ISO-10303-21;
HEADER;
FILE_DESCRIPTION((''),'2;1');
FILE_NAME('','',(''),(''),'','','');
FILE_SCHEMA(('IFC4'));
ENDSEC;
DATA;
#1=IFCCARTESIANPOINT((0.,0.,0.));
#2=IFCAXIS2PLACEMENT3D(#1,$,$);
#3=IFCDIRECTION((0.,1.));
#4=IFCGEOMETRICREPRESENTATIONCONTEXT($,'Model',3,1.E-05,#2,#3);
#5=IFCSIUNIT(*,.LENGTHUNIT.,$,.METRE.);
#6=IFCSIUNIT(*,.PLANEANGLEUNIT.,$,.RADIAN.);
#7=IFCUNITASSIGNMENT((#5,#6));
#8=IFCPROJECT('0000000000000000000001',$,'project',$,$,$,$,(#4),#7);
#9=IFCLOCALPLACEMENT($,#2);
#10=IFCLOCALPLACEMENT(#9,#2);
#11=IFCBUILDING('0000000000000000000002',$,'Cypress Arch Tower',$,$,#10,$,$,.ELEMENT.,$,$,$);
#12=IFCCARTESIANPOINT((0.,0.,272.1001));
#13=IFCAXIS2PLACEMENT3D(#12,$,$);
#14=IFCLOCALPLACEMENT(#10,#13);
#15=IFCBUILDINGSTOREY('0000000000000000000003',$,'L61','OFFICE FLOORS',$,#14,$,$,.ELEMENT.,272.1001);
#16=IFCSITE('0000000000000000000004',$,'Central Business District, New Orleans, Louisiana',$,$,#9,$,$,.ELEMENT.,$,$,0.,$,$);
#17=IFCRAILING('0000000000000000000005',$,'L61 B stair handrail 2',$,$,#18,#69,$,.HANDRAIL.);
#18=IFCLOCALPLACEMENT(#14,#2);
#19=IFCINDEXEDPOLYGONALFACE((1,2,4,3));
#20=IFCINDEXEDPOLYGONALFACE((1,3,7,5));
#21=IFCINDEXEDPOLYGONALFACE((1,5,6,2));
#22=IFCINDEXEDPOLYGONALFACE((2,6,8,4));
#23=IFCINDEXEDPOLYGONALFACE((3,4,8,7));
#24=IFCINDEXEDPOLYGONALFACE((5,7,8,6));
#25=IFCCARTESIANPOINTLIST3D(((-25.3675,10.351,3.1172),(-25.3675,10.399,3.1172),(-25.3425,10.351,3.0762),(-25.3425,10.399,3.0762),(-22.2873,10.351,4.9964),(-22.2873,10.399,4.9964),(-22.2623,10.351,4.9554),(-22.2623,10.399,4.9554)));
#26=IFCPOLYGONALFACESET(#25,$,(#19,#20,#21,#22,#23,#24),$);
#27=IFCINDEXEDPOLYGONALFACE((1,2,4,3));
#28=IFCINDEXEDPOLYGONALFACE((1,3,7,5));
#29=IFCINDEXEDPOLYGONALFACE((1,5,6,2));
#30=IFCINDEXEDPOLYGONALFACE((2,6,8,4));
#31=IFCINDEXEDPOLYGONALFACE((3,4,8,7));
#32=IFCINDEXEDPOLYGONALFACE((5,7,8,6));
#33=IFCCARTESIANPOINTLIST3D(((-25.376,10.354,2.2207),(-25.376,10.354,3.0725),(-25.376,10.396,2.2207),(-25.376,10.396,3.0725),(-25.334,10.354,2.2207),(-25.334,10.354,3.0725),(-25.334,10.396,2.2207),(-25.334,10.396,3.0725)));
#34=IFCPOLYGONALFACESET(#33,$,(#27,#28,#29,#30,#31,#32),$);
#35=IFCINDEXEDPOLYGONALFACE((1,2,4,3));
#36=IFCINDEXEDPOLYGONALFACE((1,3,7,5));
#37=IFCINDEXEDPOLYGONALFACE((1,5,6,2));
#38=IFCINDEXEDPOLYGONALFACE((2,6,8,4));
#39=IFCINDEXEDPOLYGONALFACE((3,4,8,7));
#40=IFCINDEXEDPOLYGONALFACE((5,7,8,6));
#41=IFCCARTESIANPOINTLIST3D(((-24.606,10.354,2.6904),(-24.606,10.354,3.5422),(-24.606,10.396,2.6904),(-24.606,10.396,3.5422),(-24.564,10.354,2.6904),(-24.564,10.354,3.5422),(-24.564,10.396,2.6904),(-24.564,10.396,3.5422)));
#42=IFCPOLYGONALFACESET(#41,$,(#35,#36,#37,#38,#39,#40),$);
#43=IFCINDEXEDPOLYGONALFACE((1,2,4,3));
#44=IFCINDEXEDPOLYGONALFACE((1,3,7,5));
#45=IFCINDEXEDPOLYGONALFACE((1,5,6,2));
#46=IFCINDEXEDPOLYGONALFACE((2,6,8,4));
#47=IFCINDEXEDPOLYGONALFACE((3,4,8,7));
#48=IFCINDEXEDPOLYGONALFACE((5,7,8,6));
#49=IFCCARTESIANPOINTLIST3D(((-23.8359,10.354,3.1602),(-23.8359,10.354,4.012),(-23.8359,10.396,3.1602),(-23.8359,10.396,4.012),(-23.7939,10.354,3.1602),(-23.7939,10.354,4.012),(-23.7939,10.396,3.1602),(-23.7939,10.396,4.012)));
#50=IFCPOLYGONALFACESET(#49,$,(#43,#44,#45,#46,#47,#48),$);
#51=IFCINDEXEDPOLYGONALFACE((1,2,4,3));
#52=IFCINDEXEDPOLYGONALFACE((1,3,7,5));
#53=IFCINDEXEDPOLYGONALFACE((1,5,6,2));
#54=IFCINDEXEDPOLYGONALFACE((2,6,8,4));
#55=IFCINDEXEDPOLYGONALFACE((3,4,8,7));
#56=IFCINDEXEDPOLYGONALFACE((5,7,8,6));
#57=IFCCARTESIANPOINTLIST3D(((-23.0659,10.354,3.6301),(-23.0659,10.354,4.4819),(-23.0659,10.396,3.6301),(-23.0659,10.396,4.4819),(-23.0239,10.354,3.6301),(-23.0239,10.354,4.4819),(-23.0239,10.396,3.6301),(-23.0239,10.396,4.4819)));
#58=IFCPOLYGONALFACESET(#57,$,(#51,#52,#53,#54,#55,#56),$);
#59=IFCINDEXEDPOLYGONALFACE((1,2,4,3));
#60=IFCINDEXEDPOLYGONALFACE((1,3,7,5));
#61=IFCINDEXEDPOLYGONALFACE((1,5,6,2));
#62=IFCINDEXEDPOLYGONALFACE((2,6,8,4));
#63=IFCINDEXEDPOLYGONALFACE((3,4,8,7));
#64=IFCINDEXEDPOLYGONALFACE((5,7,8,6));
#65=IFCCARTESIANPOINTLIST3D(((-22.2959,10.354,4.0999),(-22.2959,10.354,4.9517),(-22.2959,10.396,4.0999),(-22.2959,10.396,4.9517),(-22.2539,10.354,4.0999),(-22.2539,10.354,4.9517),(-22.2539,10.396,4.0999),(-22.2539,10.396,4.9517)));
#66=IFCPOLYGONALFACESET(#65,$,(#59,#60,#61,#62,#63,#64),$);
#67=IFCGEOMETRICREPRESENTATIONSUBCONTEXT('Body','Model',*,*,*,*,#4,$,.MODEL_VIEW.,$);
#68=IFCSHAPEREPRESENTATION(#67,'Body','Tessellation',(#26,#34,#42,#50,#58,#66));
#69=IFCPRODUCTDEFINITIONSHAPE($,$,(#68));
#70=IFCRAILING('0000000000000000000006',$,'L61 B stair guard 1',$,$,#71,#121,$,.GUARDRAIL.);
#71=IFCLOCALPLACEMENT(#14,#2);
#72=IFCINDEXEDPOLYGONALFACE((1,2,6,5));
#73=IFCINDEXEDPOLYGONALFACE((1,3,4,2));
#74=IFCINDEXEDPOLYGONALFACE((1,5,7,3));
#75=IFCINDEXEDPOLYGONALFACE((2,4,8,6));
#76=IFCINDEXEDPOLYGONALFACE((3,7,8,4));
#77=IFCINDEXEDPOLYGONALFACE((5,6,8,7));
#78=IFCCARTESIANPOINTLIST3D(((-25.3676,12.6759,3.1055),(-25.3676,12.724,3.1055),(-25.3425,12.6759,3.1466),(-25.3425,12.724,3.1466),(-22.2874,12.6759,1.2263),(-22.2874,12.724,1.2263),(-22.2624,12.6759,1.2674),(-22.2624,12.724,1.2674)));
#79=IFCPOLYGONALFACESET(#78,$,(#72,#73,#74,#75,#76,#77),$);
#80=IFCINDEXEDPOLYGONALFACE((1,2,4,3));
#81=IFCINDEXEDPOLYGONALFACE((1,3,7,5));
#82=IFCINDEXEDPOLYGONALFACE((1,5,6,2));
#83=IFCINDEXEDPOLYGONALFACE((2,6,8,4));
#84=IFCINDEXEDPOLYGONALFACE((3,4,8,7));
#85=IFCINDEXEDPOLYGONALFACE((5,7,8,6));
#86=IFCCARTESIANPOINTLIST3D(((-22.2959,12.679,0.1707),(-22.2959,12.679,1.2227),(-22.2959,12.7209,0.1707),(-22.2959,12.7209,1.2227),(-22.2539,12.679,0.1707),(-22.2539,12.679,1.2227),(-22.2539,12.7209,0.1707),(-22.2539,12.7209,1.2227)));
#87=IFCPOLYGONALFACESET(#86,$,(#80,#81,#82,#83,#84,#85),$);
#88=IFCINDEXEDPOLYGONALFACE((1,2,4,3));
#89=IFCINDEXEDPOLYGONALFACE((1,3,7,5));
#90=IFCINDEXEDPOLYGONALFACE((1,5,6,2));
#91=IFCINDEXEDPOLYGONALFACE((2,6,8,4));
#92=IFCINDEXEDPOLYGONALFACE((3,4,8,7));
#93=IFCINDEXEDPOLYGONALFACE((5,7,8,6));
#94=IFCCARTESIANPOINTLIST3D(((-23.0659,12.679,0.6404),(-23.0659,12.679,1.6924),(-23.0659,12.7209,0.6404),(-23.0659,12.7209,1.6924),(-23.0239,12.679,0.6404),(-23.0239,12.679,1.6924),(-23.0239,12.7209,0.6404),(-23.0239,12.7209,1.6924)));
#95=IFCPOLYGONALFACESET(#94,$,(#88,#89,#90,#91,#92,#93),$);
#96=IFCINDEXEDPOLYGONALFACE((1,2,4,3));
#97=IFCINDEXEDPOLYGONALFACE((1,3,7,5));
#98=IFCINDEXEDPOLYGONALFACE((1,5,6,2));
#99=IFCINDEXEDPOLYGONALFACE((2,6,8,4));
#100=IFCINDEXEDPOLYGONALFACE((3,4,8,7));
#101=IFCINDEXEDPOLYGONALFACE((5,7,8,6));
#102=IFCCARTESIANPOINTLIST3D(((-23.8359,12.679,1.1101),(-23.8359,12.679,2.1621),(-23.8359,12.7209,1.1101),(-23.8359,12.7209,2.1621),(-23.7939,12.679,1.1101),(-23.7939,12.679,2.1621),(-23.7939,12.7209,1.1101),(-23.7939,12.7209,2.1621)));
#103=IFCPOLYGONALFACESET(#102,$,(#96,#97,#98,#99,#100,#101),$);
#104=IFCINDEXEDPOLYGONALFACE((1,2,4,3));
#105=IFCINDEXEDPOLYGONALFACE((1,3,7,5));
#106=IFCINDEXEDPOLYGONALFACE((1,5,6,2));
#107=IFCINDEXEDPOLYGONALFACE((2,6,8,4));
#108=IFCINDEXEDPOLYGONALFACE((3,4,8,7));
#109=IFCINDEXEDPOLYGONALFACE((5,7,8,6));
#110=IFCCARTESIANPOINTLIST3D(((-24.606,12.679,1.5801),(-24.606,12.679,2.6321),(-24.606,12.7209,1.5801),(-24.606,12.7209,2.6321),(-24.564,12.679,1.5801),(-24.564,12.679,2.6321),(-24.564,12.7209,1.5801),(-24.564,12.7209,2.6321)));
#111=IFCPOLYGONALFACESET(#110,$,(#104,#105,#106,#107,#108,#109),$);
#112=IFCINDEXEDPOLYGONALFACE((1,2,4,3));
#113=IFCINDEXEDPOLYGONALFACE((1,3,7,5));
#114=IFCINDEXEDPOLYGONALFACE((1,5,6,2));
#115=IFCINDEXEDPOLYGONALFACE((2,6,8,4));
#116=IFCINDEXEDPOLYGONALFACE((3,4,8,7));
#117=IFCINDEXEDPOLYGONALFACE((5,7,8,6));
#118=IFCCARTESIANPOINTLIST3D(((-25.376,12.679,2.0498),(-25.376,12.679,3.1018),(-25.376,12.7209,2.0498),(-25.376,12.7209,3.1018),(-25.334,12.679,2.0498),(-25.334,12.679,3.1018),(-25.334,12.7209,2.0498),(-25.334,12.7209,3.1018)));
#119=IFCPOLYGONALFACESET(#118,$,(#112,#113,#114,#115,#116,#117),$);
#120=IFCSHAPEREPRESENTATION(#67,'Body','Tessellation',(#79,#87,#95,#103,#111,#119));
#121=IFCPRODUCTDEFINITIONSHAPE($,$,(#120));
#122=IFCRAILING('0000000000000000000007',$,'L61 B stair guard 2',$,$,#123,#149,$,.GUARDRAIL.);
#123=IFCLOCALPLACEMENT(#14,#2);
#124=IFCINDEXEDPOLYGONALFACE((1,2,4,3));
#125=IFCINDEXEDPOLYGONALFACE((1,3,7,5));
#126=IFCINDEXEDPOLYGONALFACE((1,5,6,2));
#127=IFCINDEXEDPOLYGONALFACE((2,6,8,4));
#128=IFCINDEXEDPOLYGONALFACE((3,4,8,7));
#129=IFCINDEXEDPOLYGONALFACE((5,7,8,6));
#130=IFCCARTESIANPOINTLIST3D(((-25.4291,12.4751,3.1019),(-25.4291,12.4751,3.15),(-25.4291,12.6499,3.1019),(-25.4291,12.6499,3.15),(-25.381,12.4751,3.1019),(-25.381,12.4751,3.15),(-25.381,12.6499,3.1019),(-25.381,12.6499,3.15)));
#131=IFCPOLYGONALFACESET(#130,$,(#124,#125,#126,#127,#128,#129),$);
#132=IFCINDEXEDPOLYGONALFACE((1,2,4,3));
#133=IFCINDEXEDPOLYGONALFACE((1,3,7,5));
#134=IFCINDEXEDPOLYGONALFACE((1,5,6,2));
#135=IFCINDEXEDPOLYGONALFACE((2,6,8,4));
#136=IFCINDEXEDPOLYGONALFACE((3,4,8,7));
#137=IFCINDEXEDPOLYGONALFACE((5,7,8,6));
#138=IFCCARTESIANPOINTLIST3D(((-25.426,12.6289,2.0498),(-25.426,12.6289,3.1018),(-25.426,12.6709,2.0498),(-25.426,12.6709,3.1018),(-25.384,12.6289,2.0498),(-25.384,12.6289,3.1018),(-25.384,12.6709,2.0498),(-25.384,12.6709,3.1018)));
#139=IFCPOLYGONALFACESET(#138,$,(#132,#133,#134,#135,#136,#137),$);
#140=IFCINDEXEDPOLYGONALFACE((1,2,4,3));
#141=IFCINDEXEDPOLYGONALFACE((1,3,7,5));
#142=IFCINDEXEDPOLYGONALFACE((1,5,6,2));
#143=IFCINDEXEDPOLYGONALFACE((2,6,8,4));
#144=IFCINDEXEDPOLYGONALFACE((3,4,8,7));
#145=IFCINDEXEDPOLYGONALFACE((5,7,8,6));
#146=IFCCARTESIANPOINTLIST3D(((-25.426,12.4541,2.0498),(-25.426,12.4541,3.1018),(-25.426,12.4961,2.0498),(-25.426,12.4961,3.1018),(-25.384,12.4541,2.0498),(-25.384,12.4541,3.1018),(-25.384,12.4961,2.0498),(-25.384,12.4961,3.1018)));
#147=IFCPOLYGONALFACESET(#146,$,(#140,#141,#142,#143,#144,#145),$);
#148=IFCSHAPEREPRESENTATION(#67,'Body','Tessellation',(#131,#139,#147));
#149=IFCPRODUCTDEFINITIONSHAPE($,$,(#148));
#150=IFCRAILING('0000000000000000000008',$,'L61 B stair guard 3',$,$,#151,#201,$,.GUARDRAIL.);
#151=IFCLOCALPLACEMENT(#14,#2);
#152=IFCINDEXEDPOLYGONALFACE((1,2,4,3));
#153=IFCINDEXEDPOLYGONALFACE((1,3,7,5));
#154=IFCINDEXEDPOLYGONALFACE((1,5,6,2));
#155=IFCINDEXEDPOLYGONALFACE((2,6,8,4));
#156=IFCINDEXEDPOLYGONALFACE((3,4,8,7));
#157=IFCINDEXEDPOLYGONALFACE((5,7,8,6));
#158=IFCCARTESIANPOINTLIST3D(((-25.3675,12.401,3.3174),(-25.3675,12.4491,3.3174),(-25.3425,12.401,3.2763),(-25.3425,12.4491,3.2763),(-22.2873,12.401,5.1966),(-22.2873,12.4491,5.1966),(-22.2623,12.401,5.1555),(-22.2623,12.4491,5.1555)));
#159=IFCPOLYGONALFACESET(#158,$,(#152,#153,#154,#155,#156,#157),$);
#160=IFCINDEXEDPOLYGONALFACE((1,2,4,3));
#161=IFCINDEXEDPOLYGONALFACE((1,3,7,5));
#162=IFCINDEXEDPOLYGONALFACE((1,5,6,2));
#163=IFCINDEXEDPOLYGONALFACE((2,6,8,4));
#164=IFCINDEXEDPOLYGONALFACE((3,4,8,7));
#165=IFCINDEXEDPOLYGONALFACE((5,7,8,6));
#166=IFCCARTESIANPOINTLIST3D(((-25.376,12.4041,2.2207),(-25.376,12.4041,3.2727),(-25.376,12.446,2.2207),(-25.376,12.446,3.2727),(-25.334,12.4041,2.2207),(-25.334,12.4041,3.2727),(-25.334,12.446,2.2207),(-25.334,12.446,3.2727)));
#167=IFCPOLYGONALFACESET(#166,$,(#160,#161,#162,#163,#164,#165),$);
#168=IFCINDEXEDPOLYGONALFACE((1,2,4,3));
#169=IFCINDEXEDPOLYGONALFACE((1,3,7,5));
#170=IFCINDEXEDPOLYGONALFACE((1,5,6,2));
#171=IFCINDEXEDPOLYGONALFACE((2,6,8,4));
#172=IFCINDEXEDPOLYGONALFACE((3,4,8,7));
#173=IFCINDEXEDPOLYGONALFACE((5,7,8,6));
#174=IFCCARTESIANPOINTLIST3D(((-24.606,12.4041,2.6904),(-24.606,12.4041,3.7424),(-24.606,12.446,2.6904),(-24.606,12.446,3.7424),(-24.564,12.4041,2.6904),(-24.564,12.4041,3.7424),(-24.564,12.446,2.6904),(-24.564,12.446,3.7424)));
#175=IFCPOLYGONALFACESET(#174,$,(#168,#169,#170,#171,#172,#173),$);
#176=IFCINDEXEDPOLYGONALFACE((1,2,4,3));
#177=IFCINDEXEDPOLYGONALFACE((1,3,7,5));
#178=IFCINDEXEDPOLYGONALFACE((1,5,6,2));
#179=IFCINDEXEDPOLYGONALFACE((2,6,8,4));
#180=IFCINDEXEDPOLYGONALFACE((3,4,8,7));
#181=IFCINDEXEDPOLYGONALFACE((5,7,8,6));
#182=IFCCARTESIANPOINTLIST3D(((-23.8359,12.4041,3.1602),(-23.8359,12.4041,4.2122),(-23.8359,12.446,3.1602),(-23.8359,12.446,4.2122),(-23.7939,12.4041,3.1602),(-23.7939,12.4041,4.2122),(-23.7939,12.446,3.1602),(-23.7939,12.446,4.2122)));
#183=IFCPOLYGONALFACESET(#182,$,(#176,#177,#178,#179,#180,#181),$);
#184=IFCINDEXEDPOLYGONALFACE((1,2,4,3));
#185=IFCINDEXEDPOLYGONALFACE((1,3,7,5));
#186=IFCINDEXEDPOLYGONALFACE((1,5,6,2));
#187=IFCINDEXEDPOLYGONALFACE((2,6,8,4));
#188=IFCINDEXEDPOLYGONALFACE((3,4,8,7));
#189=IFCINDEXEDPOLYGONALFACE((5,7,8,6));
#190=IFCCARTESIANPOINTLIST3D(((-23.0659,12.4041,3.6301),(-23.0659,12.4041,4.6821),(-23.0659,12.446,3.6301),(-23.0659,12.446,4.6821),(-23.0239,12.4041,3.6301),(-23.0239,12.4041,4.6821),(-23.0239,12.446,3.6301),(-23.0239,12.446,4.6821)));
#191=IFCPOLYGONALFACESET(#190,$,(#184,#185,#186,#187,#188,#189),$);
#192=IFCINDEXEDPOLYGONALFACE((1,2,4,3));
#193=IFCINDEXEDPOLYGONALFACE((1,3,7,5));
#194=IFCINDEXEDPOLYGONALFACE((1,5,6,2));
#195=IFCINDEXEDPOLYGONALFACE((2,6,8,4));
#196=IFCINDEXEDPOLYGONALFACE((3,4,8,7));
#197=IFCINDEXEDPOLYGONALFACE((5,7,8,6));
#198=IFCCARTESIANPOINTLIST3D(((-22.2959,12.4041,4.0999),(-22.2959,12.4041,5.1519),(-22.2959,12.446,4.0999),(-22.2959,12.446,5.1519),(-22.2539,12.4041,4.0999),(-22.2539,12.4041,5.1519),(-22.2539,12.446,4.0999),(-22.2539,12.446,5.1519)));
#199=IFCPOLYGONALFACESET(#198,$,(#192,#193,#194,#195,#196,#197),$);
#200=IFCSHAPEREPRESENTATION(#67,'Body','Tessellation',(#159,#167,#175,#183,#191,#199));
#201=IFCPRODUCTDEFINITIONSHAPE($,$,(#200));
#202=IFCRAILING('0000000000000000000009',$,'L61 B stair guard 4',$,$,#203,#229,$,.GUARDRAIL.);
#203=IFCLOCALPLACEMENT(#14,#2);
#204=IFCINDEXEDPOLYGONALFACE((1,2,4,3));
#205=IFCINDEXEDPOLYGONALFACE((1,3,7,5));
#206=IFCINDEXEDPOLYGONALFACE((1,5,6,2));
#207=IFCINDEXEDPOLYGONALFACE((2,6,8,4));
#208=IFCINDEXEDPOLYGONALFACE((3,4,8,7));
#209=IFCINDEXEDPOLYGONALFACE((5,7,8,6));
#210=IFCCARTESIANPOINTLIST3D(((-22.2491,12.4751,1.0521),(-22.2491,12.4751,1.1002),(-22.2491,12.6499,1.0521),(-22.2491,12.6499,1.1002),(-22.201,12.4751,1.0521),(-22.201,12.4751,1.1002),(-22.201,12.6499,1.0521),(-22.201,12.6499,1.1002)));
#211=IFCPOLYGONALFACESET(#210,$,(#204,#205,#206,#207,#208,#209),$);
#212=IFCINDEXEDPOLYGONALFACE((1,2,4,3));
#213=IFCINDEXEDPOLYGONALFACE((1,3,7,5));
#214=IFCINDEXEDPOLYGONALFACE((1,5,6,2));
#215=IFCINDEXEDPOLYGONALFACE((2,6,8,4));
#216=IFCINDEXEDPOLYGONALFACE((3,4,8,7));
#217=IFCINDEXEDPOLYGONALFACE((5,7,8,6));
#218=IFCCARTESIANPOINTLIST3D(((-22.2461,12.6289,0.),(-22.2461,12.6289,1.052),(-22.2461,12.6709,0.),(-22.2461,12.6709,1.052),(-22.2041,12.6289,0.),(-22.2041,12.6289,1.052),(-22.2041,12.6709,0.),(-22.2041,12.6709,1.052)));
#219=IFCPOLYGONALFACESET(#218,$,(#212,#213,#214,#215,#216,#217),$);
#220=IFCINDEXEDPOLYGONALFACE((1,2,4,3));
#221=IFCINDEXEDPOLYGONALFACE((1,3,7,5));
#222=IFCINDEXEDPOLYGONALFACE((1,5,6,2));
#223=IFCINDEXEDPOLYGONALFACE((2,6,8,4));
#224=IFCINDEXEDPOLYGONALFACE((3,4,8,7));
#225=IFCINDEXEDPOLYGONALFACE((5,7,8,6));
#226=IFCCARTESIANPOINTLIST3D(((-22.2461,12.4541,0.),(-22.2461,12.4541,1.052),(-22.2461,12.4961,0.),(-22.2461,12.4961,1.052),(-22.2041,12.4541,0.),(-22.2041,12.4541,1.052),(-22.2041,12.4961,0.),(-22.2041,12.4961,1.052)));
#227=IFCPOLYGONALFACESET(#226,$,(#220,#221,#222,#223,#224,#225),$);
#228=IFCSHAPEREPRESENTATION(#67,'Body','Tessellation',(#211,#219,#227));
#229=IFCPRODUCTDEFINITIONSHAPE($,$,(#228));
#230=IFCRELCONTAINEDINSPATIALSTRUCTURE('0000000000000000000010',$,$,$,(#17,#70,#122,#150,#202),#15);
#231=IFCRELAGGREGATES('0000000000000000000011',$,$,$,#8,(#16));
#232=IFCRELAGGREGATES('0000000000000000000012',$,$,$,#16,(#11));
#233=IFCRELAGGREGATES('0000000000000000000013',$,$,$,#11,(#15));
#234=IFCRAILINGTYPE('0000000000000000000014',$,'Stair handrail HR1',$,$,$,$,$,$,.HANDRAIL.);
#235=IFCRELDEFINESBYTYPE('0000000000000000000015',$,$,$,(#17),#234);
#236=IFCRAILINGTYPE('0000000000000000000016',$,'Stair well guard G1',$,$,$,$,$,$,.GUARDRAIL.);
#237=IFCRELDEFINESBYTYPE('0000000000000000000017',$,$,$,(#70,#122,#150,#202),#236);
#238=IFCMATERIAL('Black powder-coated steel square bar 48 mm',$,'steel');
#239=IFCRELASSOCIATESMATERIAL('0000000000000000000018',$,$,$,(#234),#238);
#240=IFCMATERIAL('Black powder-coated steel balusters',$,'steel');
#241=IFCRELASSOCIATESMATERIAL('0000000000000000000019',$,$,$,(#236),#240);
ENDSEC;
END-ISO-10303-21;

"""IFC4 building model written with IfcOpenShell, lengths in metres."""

from ifc_helpers import new_model, si_unit, direction, frame, origin, origin_2d, place, context, subcontext, project, spatial, rectangle, extrude, material, type_object, element, save


model = new_model("IFC4")

# Units and contexts
model_context = context("Model", 3, precision=1e-05, world=origin(), true_north=direction((0.0, 1.0)))
body_context = subcontext(model_context, "Body", "Model", "MODEL_VIEW")
ifc_project = project(units=[si_unit("LENGTHUNIT", "METRE"), si_unit("PLANEANGLEUNIT", "RADIAN")], contexts=[model_context])

# Site, building, storey
site_placement = place(None, origin())
site = spatial("IfcSite", under=ifc_project, at=site_placement, Name="Central Business District, New Orleans, Louisiana", CompositionType="ELEMENT", RefElevation=0.0)
building_placement = place(site_placement, origin())
building = spatial("IfcBuilding", under=site, at=building_placement, Name="Cypress Arch Tower", CompositionType="ELEMENT")
storey_placement = place(building_placement, frame((0.0, 0.0, 272.1001)))
storey = spatial("IfcBuildingStorey", under=building, at=storey_placement, Name="L61", Description="OFFICE FLOORS", CompositionType="ELEMENT", Elevation=272.1001)

# Railings
ifc_material_1 = material(Name="Black powder-coated steel square bar 48 mm", Category="steel")
railing_type_1 = type_object("IfcRailingType", Name="Stair handrail HR1", PredefinedType="HANDRAIL", material=ifc_material_1)
railing_1_placement = place(storey_placement, frame((-25.355, 10.375, 2.2207)))
element("IfcRailing", 1, at=railing_1_placement, inside=storey, type_object=railing_type_1, Name="L61 B stair handrail 2", PredefinedType="HANDRAIL", context=body_context, shape_type="SweptSolid", body=[
    extrude(rectangle(XDim=0.0481, YDim=0.0481, at=origin_2d()), frame((0.0, 0.0, 0.876), z_axis=(0.853666, 0.0, 0.52082), x_axis=(0.0, 1.0, 0.0)), (0.0, 0.0, 1.0), 3.6082),
    extrude(rectangle(XDim=0.042, YDim=0.042, at=origin_2d()), origin(), (0.0, 0.0, 1.0), 0.8518),
    extrude(rectangle(XDim=0.042, YDim=0.042, at=origin_2d()), frame((0.77, 0.0, 0.4697)), (0.0, 0.0, 1.0), 0.8518),
    extrude(rectangle(XDim=0.042, YDim=0.042, at=origin_2d()), frame((1.54, 0.0, 0.9395)), (0.0, 0.0, 1.0), 0.8518),
    extrude(rectangle(XDim=0.042, YDim=0.042, at=origin_2d()), frame((2.3101, 0.0, 1.4094)), (0.0, 0.0, 1.0), 0.8518),
    extrude(rectangle(XDim=0.042, YDim=0.042, at=origin_2d()), frame((3.0801, 0.0, 1.8792)), (0.0, 0.0, 1.0), 0.8518),
])
ifc_material_2 = material(Name="Black powder-coated steel balusters", Category="steel")
railing_type_2 = type_object("IfcRailingType", Name="Stair well guard G1", PredefinedType="GUARDRAIL", material=ifc_material_2)
railing_2_placement = place(storey_placement, frame((-22.2749, 12.7, 0.1707)))
element("IfcRailing", 2, at=railing_2_placement, inside=storey, type_object=railing_type_2, Name="L61 B stair guard 1", PredefinedType="GUARDRAIL", context=body_context, shape_type="SweptSolid", body=[
    extrude(rectangle(XDim=0.0481, YDim=0.0481, at=origin_2d()), frame((0.0, 0.0, 1.0762), z_axis=(-0.853666, 0.0, 0.52082), x_axis=(0.0, -1.0, 0.0)), (0.0, 0.0, 1.0), 3.6082),
    extrude(rectangle(XDim=0.042, YDim=0.042, at=origin_2d()), origin(), (0.0, 0.0, 1.0), 1.052),
    extrude(rectangle(XDim=0.042, YDim=0.042, at=origin_2d()), frame((-0.77, 0.0, 0.4697)), (0.0, 0.0, 1.0), 1.052),
    extrude(rectangle(XDim=0.042, YDim=0.042, at=origin_2d()), frame((-1.54, 0.0, 0.9395)), (0.0, 0.0, 1.0), 1.052),
    extrude(rectangle(XDim=0.042, YDim=0.042, at=origin_2d()), frame((-2.3101, 0.0, 1.4094)), (0.0, 0.0, 1.0), 1.052),
    extrude(rectangle(XDim=0.042, YDim=0.042, at=origin_2d()), frame((-3.0801, 0.0, 1.8792)), (0.0, 0.0, 1.0), 1.052),
])
railing_3_placement = place(storey_placement, frame((-25.405, 12.6499, 2.0498)))
element("IfcRailing", 3, at=railing_3_placement, inside=storey, type_object=railing_type_2, Name="L61 B stair guard 2", PredefinedType="GUARDRAIL", context=body_context, shape_type="SweptSolid", body=[
    extrude(rectangle(XDim=0.0481, YDim=0.0481, at=origin_2d()), frame((0.0, 0.0, 1.0762), z_axis=(0.0, -1.0, 0.0), x_axis=(1.0, 0.0, 0.0)), (0.0, 0.0, 1.0), 0.1748),
    extrude(rectangle(XDim=0.042, YDim=0.042, at=origin_2d()), origin(), (0.0, 0.0, 1.0), 1.052),
    extrude(rectangle(XDim=0.042, YDim=0.042, at=origin_2d()), frame((0.0, -0.1748, 0.0)), (0.0, 0.0, 1.0), 1.052),
])
railing_4_placement = place(storey_placement, frame((-25.355, 12.425, 2.2207)))
element("IfcRailing", 4, at=railing_4_placement, inside=storey, type_object=railing_type_2, Name="L61 B stair guard 3", PredefinedType="GUARDRAIL", context=body_context, shape_type="SweptSolid", body=[
    extrude(rectangle(XDim=0.0481, YDim=0.0481, at=origin_2d()), frame((0.0, 0.0, 1.0762), z_axis=(0.853666, 0.0, 0.52082), x_axis=(0.0, 1.0, 0.0)), (0.0, 0.0, 1.0), 3.6082),
    extrude(rectangle(XDim=0.042, YDim=0.042, at=origin_2d()), origin(), (0.0, 0.0, 1.0), 1.052),
    extrude(rectangle(XDim=0.042, YDim=0.042, at=origin_2d()), frame((0.77, 0.0, 0.4697)), (0.0, 0.0, 1.0), 1.052),
    extrude(rectangle(XDim=0.042, YDim=0.042, at=origin_2d()), frame((1.54, 0.0, 0.9395)), (0.0, 0.0, 1.0), 1.052),
    extrude(rectangle(XDim=0.042, YDim=0.042, at=origin_2d()), frame((2.3101, 0.0, 1.4094)), (0.0, 0.0, 1.0), 1.052),
    extrude(rectangle(XDim=0.042, YDim=0.042, at=origin_2d()), frame((3.0801, 0.0, 1.8792)), (0.0, 0.0, 1.0), 1.052),
])
railing_5_placement = place(storey_placement, frame((-22.2251, 12.6499, 0.0)))
element("IfcRailing", 5, at=railing_5_placement, inside=storey, type_object=railing_type_2, Name="L61 B stair guard 4", PredefinedType="GUARDRAIL", context=body_context, shape_type="SweptSolid", body=[
    extrude(rectangle(XDim=0.0481, YDim=0.0481, at=origin_2d()), frame((0.0, 0.0, 1.0762), z_axis=(0.0, -1.0, 0.0), x_axis=(1.0, 0.0, 0.0)), (0.0, 0.0, 1.0), 0.1748),
    extrude(rectangle(XDim=0.042, YDim=0.042, at=origin_2d()), origin(), (0.0, 0.0, 1.0), 1.052),
    extrude(rectangle(XDim=0.042, YDim=0.042, at=origin_2d()), frame((0.0, -0.1748, 0.0)), (0.0, 0.0, 1.0), 1.052),
])

save(model, "model.ifc")
